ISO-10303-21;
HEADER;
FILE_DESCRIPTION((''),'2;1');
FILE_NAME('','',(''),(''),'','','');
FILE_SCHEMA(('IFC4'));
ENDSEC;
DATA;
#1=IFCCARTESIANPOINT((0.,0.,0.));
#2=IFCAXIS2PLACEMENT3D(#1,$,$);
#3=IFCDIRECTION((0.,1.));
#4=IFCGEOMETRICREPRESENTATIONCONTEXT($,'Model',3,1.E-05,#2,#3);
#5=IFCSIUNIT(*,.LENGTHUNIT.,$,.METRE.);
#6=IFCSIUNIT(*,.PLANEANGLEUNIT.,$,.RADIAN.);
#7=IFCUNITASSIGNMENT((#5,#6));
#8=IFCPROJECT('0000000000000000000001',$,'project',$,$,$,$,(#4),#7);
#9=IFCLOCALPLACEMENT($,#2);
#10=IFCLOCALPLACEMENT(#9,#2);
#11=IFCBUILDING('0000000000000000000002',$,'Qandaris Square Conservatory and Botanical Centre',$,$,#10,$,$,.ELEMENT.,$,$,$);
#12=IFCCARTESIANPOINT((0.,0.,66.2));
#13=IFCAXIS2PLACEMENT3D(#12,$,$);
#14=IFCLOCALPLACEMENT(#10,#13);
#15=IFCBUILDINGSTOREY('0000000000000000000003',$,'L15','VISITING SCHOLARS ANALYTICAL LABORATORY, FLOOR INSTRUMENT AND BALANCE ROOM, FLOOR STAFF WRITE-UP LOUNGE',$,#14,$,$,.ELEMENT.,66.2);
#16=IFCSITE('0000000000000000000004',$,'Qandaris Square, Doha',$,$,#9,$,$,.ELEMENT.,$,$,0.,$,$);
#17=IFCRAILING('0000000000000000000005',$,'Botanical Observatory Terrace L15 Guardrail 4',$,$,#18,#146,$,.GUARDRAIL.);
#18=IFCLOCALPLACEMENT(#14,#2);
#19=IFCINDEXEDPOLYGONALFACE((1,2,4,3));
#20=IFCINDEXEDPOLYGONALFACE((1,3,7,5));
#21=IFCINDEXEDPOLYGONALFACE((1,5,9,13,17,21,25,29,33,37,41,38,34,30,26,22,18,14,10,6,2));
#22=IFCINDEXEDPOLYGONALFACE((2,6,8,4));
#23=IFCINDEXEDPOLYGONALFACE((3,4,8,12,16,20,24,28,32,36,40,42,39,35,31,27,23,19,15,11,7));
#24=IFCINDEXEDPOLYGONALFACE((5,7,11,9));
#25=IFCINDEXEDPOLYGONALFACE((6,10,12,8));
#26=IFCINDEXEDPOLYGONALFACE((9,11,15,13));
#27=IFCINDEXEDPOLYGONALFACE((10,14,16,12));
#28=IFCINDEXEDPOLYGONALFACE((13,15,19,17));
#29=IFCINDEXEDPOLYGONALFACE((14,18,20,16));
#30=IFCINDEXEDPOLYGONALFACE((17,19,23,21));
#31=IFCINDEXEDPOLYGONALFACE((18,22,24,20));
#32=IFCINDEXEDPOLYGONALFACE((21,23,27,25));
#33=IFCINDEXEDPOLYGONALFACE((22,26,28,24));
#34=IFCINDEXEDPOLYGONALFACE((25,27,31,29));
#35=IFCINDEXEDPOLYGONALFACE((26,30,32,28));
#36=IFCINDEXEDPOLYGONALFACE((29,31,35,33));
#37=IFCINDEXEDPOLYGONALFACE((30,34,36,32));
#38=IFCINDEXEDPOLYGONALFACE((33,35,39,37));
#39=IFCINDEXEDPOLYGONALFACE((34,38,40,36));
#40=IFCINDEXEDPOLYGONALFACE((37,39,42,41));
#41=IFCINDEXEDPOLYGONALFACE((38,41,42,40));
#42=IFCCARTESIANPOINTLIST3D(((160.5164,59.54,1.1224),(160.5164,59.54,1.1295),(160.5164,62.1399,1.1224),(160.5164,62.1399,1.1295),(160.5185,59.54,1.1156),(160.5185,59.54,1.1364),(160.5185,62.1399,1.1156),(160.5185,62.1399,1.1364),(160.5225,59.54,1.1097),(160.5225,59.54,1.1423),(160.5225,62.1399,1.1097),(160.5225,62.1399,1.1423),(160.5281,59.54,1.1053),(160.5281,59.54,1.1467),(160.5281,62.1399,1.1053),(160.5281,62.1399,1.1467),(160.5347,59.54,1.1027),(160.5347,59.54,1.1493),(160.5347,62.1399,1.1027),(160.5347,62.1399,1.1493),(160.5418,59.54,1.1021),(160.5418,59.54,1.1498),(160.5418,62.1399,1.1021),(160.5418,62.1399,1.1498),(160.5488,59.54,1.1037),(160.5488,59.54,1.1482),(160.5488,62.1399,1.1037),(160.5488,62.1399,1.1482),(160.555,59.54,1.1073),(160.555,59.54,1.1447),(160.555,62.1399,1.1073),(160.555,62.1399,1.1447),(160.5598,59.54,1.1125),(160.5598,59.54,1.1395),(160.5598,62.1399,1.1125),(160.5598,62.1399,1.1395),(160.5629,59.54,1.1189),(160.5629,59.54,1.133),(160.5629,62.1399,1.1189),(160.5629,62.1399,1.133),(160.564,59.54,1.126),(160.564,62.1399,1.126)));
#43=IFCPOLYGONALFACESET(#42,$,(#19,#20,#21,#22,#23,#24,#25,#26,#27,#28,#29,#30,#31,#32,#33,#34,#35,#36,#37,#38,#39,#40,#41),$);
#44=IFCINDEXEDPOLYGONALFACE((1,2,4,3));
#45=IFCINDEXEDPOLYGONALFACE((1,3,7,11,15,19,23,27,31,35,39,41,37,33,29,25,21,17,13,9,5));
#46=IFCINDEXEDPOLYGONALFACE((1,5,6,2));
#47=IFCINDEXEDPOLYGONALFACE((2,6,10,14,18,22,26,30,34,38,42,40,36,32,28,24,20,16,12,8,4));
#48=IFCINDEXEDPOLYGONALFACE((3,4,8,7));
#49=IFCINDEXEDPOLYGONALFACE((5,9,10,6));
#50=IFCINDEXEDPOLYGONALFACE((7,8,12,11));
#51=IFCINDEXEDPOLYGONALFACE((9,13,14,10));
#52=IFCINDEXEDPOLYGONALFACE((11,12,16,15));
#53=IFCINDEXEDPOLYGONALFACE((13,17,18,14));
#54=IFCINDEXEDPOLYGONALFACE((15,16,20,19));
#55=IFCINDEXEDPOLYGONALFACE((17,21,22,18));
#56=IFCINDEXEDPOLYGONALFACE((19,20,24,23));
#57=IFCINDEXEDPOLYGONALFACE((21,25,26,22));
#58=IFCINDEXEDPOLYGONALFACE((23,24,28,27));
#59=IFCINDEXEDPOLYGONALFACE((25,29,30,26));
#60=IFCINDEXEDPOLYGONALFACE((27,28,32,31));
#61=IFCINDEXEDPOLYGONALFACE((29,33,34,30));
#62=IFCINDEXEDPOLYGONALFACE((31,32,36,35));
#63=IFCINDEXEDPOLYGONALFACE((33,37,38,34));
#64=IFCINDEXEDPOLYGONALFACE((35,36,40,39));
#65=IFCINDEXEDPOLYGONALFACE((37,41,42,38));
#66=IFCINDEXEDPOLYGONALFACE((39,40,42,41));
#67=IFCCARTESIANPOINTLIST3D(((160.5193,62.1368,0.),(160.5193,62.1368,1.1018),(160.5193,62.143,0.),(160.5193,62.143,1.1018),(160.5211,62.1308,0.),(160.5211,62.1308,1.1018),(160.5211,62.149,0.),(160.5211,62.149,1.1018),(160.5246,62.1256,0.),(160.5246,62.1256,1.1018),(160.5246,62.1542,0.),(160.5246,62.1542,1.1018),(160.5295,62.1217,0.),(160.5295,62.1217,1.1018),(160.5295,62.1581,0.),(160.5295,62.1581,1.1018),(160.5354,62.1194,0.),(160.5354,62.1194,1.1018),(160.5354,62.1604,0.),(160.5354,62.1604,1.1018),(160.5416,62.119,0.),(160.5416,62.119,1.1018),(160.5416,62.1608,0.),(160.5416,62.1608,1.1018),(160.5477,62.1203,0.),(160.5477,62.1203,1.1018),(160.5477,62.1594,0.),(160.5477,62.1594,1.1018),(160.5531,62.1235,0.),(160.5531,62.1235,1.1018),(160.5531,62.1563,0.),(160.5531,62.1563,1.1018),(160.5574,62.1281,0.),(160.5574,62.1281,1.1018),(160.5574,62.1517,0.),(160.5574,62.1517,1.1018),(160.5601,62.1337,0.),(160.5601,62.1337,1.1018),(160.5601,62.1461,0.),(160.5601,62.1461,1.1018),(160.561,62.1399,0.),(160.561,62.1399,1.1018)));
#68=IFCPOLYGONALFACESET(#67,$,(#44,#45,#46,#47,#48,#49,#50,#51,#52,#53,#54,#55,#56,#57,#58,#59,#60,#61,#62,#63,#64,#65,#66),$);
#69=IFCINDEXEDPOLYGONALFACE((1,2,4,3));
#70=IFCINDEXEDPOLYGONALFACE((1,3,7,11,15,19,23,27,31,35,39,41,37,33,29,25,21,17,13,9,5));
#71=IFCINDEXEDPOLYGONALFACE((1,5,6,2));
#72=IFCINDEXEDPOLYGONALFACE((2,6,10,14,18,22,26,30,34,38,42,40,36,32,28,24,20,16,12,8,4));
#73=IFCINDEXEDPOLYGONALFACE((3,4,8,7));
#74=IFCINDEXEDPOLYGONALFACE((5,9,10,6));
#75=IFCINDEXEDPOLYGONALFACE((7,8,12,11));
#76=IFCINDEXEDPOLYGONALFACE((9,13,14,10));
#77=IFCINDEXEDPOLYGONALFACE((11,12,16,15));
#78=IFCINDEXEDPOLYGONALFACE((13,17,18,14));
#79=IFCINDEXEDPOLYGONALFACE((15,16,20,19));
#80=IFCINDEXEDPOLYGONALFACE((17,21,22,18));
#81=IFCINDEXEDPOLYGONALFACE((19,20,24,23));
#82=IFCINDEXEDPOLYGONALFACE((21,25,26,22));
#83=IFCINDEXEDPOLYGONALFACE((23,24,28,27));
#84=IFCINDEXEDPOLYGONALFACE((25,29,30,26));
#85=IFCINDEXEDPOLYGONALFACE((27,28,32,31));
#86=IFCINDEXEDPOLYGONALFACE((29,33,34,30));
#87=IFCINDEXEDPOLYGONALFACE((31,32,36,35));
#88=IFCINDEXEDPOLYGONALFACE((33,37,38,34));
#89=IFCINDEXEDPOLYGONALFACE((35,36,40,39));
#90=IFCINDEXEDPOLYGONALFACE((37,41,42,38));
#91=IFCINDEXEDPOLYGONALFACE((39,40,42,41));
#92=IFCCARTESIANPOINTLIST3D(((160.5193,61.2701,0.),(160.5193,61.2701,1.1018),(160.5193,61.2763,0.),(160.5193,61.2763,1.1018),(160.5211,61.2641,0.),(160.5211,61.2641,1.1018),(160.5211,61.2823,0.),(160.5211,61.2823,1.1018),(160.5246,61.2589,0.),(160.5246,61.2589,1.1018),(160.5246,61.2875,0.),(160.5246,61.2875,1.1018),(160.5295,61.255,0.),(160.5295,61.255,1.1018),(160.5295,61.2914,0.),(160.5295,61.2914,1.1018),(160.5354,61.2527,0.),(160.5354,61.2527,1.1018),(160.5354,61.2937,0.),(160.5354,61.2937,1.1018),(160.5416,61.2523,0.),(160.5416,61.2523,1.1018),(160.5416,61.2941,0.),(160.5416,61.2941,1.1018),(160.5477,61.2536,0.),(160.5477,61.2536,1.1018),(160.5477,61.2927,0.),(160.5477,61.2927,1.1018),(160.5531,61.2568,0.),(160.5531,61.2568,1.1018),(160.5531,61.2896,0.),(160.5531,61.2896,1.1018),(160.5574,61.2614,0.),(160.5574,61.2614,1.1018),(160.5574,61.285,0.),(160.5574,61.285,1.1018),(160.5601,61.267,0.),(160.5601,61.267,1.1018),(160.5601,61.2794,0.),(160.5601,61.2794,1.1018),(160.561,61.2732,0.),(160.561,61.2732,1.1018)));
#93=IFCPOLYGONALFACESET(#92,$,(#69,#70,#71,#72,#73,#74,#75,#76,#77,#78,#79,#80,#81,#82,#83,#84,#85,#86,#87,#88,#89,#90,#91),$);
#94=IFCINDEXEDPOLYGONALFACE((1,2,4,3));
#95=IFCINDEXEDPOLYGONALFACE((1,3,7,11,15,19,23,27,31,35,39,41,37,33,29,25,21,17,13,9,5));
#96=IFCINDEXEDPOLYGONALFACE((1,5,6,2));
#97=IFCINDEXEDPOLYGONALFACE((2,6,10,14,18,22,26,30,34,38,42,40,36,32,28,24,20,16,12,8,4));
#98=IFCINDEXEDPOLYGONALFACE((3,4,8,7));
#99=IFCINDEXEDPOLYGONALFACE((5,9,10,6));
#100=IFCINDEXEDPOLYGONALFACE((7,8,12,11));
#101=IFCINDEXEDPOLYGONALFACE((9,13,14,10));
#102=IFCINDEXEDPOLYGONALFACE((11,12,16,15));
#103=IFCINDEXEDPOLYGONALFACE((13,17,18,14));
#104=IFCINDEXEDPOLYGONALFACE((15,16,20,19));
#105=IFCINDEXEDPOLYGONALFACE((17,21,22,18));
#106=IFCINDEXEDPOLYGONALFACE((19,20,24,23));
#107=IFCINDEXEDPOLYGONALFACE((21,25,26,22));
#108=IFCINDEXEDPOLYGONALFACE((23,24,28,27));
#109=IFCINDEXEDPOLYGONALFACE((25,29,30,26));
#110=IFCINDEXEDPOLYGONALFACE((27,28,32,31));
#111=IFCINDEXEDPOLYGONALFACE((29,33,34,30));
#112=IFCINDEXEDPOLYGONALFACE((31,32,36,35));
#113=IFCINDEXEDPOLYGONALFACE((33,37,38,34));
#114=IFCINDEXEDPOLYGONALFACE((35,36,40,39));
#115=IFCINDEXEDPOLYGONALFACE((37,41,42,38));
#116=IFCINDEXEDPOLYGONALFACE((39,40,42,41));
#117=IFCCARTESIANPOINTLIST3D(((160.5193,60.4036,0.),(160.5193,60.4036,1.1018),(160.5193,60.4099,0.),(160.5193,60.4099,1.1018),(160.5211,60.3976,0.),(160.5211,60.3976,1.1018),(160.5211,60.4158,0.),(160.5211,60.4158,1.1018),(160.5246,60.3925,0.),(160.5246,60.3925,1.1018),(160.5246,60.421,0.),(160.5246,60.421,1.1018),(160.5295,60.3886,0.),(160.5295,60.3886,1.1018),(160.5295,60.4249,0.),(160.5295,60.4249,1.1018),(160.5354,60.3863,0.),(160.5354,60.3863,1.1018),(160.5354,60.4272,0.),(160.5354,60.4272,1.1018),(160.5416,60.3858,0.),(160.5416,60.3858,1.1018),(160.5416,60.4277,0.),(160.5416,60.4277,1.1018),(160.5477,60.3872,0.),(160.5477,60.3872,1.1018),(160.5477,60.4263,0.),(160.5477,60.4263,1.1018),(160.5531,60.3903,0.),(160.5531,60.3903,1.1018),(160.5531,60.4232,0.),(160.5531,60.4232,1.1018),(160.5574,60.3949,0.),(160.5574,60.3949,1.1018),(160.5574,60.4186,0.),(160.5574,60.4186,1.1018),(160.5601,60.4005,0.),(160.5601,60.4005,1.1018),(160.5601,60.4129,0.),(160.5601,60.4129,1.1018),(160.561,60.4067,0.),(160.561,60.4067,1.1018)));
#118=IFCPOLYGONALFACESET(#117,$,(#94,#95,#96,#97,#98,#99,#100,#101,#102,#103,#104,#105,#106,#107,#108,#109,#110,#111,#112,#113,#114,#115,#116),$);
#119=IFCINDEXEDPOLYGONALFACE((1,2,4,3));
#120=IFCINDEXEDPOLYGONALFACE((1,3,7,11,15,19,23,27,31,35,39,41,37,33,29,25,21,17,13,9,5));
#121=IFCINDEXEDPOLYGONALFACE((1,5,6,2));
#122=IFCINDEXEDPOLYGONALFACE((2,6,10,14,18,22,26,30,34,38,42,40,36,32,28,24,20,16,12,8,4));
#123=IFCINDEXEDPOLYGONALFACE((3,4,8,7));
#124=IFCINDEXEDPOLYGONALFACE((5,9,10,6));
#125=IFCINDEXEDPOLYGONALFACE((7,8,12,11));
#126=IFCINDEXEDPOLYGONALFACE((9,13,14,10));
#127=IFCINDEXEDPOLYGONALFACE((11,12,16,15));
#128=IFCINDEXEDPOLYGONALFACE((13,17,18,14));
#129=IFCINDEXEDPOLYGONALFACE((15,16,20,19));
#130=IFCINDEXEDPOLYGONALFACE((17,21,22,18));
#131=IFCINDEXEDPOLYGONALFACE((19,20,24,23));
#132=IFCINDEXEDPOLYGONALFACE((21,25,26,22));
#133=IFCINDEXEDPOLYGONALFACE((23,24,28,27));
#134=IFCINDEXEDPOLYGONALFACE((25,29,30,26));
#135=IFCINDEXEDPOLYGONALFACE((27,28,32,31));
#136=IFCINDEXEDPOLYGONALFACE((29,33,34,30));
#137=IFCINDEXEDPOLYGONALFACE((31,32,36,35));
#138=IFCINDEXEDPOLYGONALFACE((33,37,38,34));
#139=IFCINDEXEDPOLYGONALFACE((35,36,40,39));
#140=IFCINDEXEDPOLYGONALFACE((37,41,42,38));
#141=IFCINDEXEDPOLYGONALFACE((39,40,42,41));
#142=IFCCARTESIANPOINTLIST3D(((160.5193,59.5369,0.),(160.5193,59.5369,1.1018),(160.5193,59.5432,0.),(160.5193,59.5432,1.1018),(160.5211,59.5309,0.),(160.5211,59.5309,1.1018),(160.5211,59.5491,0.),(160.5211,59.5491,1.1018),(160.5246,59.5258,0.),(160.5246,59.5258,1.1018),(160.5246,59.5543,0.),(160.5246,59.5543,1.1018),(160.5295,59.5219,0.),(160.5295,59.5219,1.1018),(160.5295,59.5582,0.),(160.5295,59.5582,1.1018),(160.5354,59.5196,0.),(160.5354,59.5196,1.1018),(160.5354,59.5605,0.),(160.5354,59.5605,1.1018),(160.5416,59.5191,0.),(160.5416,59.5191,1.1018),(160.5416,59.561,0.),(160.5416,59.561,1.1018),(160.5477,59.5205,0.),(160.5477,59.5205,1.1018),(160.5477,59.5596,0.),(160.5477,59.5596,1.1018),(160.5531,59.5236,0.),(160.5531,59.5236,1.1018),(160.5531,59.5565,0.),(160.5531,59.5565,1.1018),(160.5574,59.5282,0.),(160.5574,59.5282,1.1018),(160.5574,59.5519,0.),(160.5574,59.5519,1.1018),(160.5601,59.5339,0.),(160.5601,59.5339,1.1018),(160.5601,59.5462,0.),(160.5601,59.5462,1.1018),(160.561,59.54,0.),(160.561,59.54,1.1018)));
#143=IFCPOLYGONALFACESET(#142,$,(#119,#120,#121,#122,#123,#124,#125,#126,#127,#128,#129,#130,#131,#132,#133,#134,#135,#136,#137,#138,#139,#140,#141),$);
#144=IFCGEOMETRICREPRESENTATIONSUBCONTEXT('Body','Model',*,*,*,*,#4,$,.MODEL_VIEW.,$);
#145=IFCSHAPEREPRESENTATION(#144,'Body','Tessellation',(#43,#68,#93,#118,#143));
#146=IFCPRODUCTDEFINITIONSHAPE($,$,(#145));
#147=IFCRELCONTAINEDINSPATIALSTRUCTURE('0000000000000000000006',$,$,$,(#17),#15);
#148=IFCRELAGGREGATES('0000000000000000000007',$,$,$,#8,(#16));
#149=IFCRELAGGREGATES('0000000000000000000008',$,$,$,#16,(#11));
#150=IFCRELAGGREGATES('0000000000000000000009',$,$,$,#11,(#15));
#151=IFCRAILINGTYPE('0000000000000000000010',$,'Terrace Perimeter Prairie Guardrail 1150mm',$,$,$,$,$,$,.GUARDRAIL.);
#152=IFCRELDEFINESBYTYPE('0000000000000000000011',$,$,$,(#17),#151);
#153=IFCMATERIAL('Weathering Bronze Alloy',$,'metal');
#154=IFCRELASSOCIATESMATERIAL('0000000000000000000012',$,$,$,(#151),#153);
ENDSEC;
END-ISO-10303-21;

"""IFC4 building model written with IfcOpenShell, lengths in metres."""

from ifc_helpers import new_model, si_unit, direction, frame, origin, origin_2d, place, context, subcontext, project, spatial, circle, extrude, material, type_object, element, save


model = new_model("IFC4")

# Units and contexts
model_context = context("Model", 3, precision=1e-05, world=origin(), true_north=direction((0.0, 1.0)))
body_context = subcontext(model_context, "Body", "Model", "MODEL_VIEW")
ifc_project = project(units=[si_unit("LENGTHUNIT", "METRE"), si_unit("PLANEANGLEUNIT", "RADIAN")], contexts=[model_context])

# Site, building, storey
site_placement = place(None, origin())
site = spatial("IfcSite", under=ifc_project, at=site_placement, Name="Qandaris Square, Doha", CompositionType="ELEMENT", RefElevation=0.0)
building_placement = place(site_placement, origin())
building = spatial("IfcBuilding", under=site, at=building_placement, Name="Qandaris Square Conservatory and Botanical Centre", CompositionType="ELEMENT")
storey_placement = place(building_placement, frame((0.0, 0.0, 66.2)))
storey = spatial("IfcBuildingStorey", under=building, at=storey_placement, Name="L15", Description="VISITING SCHOLARS ANALYTICAL LABORATORY, FLOOR INSTRUMENT AND BALANCE ROOM, FLOOR STAFF WRITE-UP LOUNGE", CompositionType="ELEMENT", Elevation=66.2)

# Railing
ifc_material_1 = material(Name="Weathering Bronze Alloy", Category="metal")
railing_type = type_object("IfcRailingType", Name="Terrace Perimeter Prairie Guardrail 1150mm", PredefinedType="GUARDRAIL", material=ifc_material_1)
railing_1_placement = place(storey_placement, frame((160.54, 62.1399, 0.0)))
element("IfcRailing", 1, at=railing_1_placement, inside=storey, type_object=railing_type, Name="Botanical Observatory Terrace L15 Guardrail 4", PredefinedType="GUARDRAIL", context=body_context, shape_type="SweptSolid", body=[
    extrude(circle(Radius=0.0239, at=origin_2d()), frame((0.0, 0.0, 1.126), z_axis=(0.0, -1.0, 0.0), x_axis=(1.0, 0.0, 0.0)), (0.0, 0.0, 1.0), 2.5999),
    extrude(circle(Radius=0.021, at=origin_2d()), origin(), (0.0, 0.0, 1.0), 1.1018),
    extrude(circle(Radius=0.021, at=origin_2d()), frame((0.0, -0.8667, 0.0)), (0.0, 0.0, 1.0), 1.1018),
    extrude(circle(Radius=0.021, at=origin_2d()), frame((0.0, -1.7332, 0.0)), (0.0, 0.0, 1.0), 1.1018),
    extrude(circle(Radius=0.021, at=origin_2d()), frame((0.0, -2.5999, 0.0)), (0.0, 0.0, 1.0), 1.1018),
])

save(model, "model.ifc")
